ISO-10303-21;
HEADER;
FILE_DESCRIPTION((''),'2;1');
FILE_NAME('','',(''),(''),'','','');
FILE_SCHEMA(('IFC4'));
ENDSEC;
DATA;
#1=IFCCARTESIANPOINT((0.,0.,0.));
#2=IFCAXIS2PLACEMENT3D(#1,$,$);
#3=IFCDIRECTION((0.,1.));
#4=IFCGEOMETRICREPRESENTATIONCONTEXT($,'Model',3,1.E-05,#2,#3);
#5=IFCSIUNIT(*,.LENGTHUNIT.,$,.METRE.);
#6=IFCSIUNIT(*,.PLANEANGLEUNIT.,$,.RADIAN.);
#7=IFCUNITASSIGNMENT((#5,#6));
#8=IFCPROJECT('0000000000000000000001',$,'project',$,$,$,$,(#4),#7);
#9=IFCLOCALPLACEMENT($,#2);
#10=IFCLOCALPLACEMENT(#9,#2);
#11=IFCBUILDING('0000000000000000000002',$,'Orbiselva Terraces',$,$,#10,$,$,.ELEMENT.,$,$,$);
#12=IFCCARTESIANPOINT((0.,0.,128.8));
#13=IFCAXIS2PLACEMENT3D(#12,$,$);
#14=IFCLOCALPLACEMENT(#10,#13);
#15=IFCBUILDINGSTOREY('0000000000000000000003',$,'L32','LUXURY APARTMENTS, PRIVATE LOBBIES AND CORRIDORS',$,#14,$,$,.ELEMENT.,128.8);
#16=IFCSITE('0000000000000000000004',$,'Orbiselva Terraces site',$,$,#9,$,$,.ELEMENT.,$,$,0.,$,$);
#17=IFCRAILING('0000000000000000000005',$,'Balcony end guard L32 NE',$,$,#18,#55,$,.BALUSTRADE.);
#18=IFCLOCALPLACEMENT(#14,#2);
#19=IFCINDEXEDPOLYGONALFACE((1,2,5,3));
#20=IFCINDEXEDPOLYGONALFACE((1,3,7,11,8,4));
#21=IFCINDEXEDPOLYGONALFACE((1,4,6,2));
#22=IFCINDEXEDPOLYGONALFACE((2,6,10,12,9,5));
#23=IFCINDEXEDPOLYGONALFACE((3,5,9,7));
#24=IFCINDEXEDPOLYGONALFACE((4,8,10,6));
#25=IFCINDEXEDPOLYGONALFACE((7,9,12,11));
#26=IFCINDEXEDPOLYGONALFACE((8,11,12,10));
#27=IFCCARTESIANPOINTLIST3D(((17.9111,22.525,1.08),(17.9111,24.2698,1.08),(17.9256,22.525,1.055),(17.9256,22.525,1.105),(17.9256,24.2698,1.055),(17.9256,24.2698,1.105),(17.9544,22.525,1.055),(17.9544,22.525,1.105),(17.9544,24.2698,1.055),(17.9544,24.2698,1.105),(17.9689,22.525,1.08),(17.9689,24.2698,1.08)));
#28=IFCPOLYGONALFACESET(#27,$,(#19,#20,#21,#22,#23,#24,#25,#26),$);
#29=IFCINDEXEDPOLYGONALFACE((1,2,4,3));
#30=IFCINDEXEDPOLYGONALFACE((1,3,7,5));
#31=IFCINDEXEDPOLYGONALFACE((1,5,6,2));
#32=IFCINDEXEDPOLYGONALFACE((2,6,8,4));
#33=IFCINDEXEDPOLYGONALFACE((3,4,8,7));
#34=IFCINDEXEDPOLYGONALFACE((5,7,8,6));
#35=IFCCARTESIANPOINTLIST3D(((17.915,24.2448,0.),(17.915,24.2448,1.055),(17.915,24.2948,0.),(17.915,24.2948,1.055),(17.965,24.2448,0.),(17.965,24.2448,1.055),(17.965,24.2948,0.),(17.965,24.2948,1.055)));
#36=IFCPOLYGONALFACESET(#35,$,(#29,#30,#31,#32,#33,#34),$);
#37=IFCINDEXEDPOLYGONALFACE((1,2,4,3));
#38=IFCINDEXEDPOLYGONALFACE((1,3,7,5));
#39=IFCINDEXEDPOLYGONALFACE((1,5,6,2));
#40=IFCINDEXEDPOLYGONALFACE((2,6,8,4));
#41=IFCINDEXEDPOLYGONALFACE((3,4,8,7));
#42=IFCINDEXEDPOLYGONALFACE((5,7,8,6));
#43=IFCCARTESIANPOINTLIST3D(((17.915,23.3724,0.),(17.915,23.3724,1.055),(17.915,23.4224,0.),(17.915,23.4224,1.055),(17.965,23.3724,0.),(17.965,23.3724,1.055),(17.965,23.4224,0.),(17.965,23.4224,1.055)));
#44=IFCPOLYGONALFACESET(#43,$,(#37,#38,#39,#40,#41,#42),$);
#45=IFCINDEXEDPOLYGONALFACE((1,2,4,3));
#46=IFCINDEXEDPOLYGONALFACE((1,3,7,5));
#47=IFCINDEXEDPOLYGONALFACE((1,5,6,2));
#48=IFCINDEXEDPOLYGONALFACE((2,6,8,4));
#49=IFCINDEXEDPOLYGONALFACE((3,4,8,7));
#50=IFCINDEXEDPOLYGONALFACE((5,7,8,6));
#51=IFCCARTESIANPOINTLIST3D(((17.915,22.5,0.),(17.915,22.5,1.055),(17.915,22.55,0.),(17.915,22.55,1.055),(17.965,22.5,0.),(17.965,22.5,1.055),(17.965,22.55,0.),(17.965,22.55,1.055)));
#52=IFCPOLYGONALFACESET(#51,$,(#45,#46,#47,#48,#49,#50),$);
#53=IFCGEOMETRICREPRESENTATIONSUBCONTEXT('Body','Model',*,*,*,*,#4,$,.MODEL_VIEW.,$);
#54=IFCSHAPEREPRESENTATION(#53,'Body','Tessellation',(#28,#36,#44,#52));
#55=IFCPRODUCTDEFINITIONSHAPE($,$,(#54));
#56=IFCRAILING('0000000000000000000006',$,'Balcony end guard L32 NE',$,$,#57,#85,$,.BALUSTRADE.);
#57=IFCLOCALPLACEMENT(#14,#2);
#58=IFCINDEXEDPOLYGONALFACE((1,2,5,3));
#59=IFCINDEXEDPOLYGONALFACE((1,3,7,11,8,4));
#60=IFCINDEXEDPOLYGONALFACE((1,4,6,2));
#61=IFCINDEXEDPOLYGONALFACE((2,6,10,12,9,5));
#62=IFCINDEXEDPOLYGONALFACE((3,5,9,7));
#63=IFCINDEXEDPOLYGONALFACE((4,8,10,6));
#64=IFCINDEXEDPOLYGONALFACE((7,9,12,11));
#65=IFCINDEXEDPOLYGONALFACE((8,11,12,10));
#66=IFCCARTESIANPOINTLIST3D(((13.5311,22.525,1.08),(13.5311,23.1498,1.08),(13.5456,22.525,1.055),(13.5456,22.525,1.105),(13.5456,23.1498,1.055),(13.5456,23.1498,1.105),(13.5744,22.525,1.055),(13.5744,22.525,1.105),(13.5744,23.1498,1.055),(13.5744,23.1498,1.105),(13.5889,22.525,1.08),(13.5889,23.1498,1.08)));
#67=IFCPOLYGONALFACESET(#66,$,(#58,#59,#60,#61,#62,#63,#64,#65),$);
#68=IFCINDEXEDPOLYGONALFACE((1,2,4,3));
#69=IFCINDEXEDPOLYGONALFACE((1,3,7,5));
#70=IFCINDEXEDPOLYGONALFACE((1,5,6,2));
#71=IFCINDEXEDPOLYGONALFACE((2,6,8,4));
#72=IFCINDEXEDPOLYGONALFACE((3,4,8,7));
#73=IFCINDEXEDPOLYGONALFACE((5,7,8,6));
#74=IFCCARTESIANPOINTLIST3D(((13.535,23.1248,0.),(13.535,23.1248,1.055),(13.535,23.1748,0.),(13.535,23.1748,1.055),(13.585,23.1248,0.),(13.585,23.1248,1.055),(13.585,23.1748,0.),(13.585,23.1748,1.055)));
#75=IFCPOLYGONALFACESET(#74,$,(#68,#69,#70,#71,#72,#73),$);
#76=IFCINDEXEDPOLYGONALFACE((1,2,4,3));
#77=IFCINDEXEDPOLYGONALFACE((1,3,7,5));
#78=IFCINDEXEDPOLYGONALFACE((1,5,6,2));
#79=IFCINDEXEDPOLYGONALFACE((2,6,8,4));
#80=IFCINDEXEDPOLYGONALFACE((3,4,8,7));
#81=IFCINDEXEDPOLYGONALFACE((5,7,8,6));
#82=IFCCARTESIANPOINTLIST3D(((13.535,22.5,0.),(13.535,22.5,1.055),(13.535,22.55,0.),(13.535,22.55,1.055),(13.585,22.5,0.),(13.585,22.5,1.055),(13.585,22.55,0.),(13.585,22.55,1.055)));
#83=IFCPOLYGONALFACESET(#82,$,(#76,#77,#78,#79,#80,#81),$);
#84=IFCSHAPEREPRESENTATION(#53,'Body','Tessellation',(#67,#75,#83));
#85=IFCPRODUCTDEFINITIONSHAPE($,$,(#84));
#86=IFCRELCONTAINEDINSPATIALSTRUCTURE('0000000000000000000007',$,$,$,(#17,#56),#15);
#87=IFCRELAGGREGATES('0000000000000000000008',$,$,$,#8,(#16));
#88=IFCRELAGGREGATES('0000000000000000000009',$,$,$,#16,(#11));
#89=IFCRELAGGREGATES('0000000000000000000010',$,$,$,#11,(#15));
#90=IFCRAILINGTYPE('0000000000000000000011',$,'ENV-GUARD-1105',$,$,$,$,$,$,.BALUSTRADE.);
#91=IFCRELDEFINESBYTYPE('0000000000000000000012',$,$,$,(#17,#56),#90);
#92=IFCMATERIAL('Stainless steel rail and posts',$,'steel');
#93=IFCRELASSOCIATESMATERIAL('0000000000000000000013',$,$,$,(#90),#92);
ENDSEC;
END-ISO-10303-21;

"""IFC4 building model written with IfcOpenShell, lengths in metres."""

from ifc_helpers import new_model, si_unit, direction, frame, origin, origin_2d, place, context, subcontext, project, spatial, polyline, rectangle, outline, extrude, material, type_object, element, save


model = new_model("IFC4")

# Units and contexts
model_context = context("Model", 3, precision=1e-05, world=origin(), true_north=direction((0.0, 1.0)))
body_context = subcontext(model_context, "Body", "Model", "MODEL_VIEW")
ifc_project = project(units=[si_unit("LENGTHUNIT", "METRE"), si_unit("PLANEANGLEUNIT", "RADIAN")], contexts=[model_context])

# Site, building, storey
site_placement = place(None, origin())
site = spatial("IfcSite", under=ifc_project, at=site_placement, Name="Orbiselva Terraces site", CompositionType="ELEMENT", RefElevation=0.0)
building_placement = place(site_placement, origin())
building = spatial("IfcBuilding", under=site, at=building_placement, Name="Orbiselva Terraces", CompositionType="ELEMENT")
storey_placement = place(building_placement, frame((0.0, 0.0, 128.8)))
storey = spatial("IfcBuildingStorey", under=building, at=storey_placement, Name="L32", Description="LUXURY APARTMENTS, PRIVATE LOBBIES AND CORRIDORS", CompositionType="ELEMENT", Elevation=128.8)

# Railings
ifc_material_1 = material(Name="Stainless steel rail and posts", Category="steel")
railing_type_1 = type_object("IfcRailingType", Name="ENV-GUARD-1105", PredefinedType="BALUSTRADE", material=ifc_material_1)
railing_1_placement = place(storey_placement, frame((17.94, 24.2698, 0.0)))
element("IfcRailing", 1, at=railing_1_placement, inside=storey, type_object=railing_type_1, Name="Balcony end guard L32 NE", PredefinedType="BALUSTRADE", context=body_context, shape_type="SweptSolid", body=[
    extrude(outline(polyline([(0.0289, 0.0), (0.0144, 0.025), (-0.0144, 0.025), (-0.0289, 0.0), (-0.0144, -0.025), (0.0144, -0.025), (0.0289, 0.0)])), frame((0.0, 0.0, 1.08), z_axis=(0.0, -1.0, 0.0), x_axis=(1.0, 0.0, 0.0)), (0.0, 0.0, 1.0), 1.7448),
    extrude(rectangle(XDim=0.05, YDim=0.05, at=origin_2d()), origin(), (0.0, 0.0, 1.0), 1.055),
    extrude(rectangle(XDim=0.05, YDim=0.05, at=origin_2d()), frame((0.0, -0.8724, 0.0)), (0.0, 0.0, 1.0), 1.055),
    extrude(rectangle(XDim=0.05, YDim=0.05, at=origin_2d()), frame((0.0, -1.7448, 0.0)), (0.0, 0.0, 1.0), 1.055),
])
railing_2_placement = place(storey_placement, frame((13.56, 23.1498, 0.0)))
element("IfcRailing", 2, at=railing_2_placement, inside=storey, type_object=railing_type_1, Name="Balcony end guard L32 NE", PredefinedType="BALUSTRADE", context=body_context, shape_type="SweptSolid", body=[
    extrude(outline(polyline([(0.0289, 0.0), (0.0144, 0.025), (-0.0144, 0.025), (-0.0289, 0.0), (-0.0144, -0.025), (0.0144, -0.025), (0.0289, 0.0)])), frame((0.0, 0.0, 1.08), z_axis=(0.0, -1.0, 0.0), x_axis=(1.0, 0.0, 0.0)), (0.0, 0.0, 1.0), 0.6248),
    extrude(rectangle(XDim=0.05, YDim=0.05, at=origin_2d()), origin(), (0.0, 0.0, 1.0), 1.055),
    extrude(rectangle(XDim=0.05, YDim=0.05, at=origin_2d()), frame((0.0, -0.6248, 0.0)), (0.0, 0.0, 1.0), 1.055),
])

save(model, "model.ifc")
